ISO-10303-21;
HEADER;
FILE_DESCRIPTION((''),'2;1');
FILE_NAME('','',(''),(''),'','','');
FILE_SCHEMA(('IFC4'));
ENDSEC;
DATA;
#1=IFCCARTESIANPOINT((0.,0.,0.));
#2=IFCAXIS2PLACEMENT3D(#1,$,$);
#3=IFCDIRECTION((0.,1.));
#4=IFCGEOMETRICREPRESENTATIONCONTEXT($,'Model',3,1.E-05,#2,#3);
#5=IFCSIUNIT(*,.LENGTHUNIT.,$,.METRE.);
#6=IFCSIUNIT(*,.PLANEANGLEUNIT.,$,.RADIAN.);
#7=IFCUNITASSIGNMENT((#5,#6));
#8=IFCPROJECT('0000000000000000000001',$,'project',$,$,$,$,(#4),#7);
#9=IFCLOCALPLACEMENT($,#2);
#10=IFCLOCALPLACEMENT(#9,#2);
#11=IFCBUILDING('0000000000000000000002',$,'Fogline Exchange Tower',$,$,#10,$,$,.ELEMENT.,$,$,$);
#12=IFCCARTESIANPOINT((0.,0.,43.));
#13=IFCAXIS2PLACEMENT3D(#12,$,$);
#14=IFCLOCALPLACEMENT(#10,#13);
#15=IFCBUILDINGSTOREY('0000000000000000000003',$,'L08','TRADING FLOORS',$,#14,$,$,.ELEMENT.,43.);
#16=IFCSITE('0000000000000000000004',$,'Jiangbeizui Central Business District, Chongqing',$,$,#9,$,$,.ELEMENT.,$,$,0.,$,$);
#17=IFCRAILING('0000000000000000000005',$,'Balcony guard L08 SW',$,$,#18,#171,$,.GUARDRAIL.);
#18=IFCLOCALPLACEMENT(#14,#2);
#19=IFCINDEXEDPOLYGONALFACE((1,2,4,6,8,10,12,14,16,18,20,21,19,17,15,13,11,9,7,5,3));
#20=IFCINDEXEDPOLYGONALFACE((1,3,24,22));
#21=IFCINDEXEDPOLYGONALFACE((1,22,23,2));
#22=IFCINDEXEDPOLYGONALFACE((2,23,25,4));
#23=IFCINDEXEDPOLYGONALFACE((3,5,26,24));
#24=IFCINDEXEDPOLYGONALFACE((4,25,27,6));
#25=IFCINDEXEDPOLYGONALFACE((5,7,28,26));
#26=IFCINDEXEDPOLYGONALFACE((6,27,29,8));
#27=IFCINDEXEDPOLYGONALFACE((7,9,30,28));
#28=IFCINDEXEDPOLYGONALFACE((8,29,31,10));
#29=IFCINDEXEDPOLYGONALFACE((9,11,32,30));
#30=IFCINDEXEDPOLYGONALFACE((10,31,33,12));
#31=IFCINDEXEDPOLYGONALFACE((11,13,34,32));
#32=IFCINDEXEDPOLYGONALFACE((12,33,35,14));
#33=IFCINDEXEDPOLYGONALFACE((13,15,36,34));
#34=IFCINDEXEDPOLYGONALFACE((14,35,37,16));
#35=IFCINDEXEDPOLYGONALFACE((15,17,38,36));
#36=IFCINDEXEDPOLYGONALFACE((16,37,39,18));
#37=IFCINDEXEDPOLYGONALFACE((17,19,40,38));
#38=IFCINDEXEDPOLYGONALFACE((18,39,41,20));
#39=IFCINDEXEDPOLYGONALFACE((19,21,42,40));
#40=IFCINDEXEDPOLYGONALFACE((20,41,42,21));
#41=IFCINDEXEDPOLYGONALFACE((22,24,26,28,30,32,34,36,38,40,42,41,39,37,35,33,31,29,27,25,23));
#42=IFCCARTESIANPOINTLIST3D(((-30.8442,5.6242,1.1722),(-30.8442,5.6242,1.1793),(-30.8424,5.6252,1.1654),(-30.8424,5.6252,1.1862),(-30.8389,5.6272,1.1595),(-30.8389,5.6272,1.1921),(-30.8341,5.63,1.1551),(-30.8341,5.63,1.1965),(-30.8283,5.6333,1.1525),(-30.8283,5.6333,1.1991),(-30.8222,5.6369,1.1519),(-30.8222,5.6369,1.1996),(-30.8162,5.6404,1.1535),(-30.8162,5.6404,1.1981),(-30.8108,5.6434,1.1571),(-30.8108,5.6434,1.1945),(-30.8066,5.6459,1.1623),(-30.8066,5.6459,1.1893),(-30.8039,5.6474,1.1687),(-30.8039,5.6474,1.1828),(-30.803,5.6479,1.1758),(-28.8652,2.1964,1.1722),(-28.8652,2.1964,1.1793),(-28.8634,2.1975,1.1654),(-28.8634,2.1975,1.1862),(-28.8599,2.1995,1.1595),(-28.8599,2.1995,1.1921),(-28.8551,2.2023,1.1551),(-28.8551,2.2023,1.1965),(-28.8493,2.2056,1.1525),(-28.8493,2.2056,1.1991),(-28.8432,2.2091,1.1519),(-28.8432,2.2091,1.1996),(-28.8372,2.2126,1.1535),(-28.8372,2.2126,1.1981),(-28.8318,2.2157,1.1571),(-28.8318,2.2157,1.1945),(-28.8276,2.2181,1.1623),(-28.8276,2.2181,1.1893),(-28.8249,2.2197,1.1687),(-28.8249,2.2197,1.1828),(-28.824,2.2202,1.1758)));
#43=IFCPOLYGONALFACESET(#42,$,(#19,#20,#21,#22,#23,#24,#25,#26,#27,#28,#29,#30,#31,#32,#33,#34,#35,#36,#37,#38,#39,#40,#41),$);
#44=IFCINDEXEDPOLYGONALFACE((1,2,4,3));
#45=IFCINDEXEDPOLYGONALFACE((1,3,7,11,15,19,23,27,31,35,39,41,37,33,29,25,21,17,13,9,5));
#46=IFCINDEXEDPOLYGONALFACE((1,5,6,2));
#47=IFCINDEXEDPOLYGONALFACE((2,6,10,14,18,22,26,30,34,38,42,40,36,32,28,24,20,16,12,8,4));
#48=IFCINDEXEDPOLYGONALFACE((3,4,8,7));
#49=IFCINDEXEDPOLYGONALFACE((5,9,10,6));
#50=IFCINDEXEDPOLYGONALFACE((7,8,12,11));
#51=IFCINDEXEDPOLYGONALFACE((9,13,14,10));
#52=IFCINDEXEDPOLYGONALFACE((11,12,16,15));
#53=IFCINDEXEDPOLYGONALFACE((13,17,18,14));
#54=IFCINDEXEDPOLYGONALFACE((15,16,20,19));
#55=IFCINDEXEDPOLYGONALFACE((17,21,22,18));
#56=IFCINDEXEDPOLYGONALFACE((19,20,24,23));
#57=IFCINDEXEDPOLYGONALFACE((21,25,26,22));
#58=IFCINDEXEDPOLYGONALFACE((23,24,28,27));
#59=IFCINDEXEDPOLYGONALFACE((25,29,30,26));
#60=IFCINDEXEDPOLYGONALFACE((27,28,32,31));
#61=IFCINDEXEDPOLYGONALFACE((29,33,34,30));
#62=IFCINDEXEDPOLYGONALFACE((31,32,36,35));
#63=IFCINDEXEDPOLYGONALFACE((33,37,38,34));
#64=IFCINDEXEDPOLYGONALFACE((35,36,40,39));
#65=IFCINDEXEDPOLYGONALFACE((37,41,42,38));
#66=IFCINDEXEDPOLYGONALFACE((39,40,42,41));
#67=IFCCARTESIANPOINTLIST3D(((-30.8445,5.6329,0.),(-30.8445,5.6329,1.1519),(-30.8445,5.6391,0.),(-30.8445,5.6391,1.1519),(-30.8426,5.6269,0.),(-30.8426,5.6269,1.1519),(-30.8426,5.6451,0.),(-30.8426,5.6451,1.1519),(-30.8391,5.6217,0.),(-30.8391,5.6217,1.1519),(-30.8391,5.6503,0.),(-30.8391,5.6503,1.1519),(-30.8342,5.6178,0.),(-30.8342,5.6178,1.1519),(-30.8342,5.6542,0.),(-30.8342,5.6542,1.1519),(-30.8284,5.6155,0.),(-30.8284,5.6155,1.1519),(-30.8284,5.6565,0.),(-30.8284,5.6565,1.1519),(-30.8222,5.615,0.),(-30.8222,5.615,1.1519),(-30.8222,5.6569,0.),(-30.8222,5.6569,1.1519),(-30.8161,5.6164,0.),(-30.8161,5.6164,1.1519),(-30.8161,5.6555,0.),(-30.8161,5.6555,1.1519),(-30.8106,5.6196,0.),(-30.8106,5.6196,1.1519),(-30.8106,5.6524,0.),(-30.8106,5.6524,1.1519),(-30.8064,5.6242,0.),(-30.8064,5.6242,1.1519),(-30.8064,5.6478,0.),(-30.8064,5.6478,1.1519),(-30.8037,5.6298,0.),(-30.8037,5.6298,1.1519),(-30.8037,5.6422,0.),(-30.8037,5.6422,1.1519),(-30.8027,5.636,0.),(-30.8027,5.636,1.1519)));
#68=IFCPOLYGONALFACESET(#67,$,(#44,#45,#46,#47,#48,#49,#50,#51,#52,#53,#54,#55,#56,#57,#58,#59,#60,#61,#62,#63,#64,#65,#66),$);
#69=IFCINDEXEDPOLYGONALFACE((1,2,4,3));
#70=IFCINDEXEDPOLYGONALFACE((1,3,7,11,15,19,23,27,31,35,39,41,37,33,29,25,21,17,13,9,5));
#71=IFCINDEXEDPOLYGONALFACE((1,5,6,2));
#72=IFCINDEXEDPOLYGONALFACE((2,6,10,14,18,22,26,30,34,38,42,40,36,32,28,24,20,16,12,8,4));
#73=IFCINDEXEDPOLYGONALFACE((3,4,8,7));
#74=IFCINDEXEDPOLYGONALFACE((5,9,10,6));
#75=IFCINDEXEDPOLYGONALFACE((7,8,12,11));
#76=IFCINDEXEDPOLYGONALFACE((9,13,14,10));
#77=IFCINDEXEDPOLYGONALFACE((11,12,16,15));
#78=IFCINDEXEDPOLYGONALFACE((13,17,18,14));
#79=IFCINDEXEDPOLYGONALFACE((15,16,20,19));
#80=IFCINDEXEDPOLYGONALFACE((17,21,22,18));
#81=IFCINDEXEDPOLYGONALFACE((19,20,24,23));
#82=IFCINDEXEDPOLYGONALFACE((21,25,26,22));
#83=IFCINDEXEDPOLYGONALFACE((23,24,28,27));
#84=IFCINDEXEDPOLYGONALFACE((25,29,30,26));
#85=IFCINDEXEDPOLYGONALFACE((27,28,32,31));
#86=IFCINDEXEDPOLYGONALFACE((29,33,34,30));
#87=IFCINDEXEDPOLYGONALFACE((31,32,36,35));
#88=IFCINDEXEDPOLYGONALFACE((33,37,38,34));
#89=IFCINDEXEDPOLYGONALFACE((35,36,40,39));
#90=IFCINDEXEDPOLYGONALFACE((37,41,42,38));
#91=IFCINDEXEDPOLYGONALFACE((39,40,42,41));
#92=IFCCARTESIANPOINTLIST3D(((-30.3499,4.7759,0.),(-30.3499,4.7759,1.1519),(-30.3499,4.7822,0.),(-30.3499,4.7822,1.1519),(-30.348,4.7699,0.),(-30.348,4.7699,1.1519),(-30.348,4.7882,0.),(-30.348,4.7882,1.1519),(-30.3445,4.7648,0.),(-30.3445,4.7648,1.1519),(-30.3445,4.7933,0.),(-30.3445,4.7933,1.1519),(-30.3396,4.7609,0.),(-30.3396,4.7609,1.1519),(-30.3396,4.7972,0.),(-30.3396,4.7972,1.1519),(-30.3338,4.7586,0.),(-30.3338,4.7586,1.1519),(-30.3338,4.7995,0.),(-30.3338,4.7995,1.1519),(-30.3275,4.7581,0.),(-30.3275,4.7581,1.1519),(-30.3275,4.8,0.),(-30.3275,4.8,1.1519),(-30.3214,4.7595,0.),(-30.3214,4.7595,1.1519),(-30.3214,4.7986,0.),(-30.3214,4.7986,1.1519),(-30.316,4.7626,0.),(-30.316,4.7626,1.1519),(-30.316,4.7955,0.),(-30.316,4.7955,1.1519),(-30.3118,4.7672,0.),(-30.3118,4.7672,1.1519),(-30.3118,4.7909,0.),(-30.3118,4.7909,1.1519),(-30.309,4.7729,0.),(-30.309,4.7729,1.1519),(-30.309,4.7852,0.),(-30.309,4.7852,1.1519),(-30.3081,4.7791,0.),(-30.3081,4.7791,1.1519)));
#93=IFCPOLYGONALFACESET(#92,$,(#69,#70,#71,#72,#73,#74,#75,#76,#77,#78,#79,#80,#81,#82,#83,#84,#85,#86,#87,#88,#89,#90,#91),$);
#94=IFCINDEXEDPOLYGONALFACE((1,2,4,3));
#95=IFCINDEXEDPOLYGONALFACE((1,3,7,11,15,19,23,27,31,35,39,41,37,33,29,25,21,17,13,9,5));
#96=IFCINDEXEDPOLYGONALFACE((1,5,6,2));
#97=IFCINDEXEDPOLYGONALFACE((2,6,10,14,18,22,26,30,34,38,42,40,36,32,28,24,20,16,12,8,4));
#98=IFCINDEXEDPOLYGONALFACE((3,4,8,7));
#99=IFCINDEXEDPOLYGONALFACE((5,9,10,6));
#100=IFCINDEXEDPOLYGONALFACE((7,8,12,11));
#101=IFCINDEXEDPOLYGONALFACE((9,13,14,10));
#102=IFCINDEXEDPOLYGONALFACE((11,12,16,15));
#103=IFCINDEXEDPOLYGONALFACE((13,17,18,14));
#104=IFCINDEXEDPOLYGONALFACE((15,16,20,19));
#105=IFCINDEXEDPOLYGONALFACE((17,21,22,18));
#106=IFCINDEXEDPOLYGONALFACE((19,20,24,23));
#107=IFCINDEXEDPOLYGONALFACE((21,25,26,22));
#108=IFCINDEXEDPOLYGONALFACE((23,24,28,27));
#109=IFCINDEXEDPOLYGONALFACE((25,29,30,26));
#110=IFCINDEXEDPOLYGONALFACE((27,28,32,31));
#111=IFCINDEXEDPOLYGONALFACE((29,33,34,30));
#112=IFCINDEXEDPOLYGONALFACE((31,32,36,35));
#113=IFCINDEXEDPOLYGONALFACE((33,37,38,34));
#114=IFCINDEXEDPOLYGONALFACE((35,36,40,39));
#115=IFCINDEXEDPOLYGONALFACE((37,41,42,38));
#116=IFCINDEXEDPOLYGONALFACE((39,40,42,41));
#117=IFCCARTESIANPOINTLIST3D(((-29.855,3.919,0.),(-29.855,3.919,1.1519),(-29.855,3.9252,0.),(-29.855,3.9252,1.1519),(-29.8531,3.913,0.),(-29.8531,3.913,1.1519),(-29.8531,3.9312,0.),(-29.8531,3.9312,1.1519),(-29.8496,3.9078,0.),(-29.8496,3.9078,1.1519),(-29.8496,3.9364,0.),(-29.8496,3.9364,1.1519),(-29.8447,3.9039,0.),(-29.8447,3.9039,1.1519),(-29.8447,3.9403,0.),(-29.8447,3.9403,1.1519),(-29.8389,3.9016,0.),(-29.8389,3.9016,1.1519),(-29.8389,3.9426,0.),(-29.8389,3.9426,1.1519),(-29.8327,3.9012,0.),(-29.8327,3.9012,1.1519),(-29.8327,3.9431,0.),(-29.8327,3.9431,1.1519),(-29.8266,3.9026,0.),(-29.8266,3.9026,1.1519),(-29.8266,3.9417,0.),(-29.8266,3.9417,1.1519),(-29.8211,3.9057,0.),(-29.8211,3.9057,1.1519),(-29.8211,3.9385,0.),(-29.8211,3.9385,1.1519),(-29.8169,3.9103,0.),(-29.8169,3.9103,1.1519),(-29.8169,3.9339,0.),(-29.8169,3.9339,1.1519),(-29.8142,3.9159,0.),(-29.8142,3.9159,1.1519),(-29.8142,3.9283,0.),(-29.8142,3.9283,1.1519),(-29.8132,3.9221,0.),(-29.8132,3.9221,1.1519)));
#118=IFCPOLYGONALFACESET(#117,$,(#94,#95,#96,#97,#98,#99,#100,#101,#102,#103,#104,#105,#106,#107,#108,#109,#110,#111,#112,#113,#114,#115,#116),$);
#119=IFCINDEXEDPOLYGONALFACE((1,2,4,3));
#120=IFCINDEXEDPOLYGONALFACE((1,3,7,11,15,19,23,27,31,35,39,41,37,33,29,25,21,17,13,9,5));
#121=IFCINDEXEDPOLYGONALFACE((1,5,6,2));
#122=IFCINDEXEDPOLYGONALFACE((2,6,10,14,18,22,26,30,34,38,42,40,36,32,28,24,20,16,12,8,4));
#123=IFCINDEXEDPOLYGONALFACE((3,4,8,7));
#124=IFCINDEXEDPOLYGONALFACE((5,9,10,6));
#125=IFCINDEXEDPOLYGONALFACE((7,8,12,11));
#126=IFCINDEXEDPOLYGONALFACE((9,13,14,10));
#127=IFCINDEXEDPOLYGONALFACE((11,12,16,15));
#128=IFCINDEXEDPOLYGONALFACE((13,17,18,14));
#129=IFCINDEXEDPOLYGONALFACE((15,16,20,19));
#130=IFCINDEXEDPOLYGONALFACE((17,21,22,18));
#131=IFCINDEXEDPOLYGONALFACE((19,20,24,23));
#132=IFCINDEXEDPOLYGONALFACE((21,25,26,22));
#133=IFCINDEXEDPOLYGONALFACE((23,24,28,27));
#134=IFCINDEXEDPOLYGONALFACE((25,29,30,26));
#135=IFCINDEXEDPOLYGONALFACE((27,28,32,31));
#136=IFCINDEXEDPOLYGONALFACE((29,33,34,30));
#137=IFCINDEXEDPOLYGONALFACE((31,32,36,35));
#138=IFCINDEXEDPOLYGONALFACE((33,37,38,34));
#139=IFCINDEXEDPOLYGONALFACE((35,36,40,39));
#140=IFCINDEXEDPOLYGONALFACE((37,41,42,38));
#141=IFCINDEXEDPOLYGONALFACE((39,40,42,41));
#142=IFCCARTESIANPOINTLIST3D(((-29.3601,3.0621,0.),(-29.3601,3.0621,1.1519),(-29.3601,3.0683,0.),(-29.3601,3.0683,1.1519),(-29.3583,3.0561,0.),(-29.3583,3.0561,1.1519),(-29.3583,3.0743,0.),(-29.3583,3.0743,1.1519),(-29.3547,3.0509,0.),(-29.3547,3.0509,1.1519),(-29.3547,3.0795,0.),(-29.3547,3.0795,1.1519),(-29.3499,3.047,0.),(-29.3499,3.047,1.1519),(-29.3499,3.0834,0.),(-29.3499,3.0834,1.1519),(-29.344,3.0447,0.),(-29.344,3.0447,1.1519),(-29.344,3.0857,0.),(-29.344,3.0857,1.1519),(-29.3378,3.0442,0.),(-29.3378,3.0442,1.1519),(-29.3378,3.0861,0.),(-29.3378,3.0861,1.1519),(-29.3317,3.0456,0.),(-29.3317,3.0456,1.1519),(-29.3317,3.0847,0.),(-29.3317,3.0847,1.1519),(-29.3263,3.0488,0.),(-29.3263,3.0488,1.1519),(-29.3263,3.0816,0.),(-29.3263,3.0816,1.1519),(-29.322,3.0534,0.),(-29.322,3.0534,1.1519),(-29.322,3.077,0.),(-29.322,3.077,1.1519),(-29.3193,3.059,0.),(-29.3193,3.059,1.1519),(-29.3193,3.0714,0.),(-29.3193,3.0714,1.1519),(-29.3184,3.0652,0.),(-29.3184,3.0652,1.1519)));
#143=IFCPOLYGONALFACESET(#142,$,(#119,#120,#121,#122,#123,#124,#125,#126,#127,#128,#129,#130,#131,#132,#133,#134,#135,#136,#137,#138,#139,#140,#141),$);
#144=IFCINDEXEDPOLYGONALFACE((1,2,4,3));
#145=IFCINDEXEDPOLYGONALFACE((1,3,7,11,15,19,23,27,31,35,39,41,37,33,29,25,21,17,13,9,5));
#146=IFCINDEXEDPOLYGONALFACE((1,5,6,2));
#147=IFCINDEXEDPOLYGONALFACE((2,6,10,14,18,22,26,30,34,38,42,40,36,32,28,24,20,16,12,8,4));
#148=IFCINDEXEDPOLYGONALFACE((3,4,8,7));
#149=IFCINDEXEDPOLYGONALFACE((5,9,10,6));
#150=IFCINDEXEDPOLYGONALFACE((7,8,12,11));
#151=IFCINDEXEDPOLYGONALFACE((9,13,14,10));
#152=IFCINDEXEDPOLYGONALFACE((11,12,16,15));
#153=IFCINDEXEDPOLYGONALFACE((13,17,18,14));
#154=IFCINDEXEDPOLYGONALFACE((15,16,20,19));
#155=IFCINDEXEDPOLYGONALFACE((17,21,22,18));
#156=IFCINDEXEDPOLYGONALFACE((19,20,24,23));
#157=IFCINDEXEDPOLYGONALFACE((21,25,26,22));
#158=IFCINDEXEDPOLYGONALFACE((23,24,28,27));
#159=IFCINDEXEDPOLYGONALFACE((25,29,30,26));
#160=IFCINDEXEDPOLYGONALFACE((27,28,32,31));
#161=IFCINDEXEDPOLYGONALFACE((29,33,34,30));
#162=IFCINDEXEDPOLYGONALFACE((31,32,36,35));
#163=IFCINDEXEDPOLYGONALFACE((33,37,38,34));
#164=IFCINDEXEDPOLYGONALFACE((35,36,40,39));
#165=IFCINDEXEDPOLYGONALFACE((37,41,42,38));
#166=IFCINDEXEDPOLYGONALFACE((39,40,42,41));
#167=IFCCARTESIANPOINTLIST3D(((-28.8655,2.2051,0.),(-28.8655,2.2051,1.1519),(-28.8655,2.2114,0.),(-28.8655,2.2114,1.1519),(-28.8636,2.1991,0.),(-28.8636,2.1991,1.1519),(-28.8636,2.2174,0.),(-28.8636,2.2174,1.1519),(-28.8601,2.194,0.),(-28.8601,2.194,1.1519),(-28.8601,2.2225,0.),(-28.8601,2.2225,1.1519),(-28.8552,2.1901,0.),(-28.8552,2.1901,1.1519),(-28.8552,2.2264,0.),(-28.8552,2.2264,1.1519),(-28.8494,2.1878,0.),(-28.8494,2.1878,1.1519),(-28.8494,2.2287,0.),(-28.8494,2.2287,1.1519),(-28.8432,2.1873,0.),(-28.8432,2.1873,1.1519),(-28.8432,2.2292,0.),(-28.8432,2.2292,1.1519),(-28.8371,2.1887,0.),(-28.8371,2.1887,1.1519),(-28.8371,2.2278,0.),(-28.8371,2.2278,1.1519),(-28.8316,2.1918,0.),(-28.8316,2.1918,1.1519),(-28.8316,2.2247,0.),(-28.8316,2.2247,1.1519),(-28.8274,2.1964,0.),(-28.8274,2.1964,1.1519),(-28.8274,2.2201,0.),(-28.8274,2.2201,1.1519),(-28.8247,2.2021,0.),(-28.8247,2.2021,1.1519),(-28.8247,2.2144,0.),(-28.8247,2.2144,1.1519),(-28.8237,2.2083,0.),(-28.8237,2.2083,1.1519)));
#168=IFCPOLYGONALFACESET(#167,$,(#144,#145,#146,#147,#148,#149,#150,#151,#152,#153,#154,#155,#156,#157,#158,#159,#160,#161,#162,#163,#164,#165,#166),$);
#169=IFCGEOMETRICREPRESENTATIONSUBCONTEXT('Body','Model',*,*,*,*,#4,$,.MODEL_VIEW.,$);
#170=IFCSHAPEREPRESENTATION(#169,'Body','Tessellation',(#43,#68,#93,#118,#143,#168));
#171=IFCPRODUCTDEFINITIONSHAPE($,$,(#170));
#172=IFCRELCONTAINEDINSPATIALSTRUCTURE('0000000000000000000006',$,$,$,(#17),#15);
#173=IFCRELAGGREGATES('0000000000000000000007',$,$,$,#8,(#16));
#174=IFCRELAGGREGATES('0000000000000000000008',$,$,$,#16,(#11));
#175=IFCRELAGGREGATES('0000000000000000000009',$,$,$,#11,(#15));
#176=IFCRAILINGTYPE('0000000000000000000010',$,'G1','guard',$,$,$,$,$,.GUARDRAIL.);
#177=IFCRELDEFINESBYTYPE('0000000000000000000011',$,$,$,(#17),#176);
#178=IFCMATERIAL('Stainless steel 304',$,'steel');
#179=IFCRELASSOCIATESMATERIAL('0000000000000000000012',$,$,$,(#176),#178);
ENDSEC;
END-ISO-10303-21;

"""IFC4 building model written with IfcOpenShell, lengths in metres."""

from ifc_helpers import new_model, si_unit, direction, frame, origin, origin_2d, place, context, subcontext, project, spatial, circle, extrude, material, type_object, element, save


model = new_model("IFC4")

# Units and contexts
model_context = context("Model", 3, precision=1e-05, world=origin(), true_north=direction((0.0, 1.0)))
body_context = subcontext(model_context, "Body", "Model", "MODEL_VIEW")
ifc_project = project(units=[si_unit("LENGTHUNIT", "METRE"), si_unit("PLANEANGLEUNIT", "RADIAN")], contexts=[model_context])

# Site, building, storey
site_placement = place(None, origin())
site = spatial("IfcSite", under=ifc_project, at=site_placement, Name="Jiangbeizui Central Business District, Chongqing", CompositionType="ELEMENT", RefElevation=0.0)
building_placement = place(site_placement, origin())
building = spatial("IfcBuilding", under=site, at=building_placement, Name="Fogline Exchange Tower", CompositionType="ELEMENT")
storey_placement = place(building_placement, frame((0.0, 0.0, 43.0)))
storey = spatial("IfcBuildingStorey", under=building, at=storey_placement, Name="L08", Description="TRADING FLOORS", CompositionType="ELEMENT", Elevation=43.0)

# Railing
ifc_material_1 = material(Name="Stainless steel 304", Category="steel")
railing_type = type_object("IfcRailingType", Name="G1", Description="guard", PredefinedType="GUARDRAIL", material=ifc_material_1)
railing_placement = place(storey_placement, frame((-30.8237, 5.636, 0.0)))
element("IfcRailing", 1, at=railing_placement, inside=storey, type_object=railing_type, Name="Balcony guard L08 SW", PredefinedType="GUARDRAIL", context=body_context, shape_type="SweptSolid", body=[
    extrude(circle(Radius=0.0239, at=origin_2d()), frame((0.0, 0.0, 1.1758), z_axis=(0.5, -0.866025, 0.0), x_axis=(0.866025, 0.5, 0.0)), (0.0, 0.0, 1.0), 3.958),
    extrude(circle(Radius=0.021, at=origin_2d()), origin(), (0.0, 0.0, 1.0), 1.1519),
    extrude(circle(Radius=0.021, at=origin_2d()), frame((0.4946, -0.8569, 0.0)), (0.0, 0.0, 1.0), 1.1519),
    extrude(circle(Radius=0.021, at=origin_2d()), frame((0.9895, -1.7139, 0.0)), (0.0, 0.0, 1.0), 1.1519),
    extrude(circle(Radius=0.021, at=origin_2d()), frame((1.4844, -2.5708, 0.0)), (0.0, 0.0, 1.0), 1.1519),
    extrude(circle(Radius=0.021, at=origin_2d()), frame((1.979, -3.4277, 0.0)), (0.0, 0.0, 1.0), 1.1519),
])

save(model, "model.ifc")
